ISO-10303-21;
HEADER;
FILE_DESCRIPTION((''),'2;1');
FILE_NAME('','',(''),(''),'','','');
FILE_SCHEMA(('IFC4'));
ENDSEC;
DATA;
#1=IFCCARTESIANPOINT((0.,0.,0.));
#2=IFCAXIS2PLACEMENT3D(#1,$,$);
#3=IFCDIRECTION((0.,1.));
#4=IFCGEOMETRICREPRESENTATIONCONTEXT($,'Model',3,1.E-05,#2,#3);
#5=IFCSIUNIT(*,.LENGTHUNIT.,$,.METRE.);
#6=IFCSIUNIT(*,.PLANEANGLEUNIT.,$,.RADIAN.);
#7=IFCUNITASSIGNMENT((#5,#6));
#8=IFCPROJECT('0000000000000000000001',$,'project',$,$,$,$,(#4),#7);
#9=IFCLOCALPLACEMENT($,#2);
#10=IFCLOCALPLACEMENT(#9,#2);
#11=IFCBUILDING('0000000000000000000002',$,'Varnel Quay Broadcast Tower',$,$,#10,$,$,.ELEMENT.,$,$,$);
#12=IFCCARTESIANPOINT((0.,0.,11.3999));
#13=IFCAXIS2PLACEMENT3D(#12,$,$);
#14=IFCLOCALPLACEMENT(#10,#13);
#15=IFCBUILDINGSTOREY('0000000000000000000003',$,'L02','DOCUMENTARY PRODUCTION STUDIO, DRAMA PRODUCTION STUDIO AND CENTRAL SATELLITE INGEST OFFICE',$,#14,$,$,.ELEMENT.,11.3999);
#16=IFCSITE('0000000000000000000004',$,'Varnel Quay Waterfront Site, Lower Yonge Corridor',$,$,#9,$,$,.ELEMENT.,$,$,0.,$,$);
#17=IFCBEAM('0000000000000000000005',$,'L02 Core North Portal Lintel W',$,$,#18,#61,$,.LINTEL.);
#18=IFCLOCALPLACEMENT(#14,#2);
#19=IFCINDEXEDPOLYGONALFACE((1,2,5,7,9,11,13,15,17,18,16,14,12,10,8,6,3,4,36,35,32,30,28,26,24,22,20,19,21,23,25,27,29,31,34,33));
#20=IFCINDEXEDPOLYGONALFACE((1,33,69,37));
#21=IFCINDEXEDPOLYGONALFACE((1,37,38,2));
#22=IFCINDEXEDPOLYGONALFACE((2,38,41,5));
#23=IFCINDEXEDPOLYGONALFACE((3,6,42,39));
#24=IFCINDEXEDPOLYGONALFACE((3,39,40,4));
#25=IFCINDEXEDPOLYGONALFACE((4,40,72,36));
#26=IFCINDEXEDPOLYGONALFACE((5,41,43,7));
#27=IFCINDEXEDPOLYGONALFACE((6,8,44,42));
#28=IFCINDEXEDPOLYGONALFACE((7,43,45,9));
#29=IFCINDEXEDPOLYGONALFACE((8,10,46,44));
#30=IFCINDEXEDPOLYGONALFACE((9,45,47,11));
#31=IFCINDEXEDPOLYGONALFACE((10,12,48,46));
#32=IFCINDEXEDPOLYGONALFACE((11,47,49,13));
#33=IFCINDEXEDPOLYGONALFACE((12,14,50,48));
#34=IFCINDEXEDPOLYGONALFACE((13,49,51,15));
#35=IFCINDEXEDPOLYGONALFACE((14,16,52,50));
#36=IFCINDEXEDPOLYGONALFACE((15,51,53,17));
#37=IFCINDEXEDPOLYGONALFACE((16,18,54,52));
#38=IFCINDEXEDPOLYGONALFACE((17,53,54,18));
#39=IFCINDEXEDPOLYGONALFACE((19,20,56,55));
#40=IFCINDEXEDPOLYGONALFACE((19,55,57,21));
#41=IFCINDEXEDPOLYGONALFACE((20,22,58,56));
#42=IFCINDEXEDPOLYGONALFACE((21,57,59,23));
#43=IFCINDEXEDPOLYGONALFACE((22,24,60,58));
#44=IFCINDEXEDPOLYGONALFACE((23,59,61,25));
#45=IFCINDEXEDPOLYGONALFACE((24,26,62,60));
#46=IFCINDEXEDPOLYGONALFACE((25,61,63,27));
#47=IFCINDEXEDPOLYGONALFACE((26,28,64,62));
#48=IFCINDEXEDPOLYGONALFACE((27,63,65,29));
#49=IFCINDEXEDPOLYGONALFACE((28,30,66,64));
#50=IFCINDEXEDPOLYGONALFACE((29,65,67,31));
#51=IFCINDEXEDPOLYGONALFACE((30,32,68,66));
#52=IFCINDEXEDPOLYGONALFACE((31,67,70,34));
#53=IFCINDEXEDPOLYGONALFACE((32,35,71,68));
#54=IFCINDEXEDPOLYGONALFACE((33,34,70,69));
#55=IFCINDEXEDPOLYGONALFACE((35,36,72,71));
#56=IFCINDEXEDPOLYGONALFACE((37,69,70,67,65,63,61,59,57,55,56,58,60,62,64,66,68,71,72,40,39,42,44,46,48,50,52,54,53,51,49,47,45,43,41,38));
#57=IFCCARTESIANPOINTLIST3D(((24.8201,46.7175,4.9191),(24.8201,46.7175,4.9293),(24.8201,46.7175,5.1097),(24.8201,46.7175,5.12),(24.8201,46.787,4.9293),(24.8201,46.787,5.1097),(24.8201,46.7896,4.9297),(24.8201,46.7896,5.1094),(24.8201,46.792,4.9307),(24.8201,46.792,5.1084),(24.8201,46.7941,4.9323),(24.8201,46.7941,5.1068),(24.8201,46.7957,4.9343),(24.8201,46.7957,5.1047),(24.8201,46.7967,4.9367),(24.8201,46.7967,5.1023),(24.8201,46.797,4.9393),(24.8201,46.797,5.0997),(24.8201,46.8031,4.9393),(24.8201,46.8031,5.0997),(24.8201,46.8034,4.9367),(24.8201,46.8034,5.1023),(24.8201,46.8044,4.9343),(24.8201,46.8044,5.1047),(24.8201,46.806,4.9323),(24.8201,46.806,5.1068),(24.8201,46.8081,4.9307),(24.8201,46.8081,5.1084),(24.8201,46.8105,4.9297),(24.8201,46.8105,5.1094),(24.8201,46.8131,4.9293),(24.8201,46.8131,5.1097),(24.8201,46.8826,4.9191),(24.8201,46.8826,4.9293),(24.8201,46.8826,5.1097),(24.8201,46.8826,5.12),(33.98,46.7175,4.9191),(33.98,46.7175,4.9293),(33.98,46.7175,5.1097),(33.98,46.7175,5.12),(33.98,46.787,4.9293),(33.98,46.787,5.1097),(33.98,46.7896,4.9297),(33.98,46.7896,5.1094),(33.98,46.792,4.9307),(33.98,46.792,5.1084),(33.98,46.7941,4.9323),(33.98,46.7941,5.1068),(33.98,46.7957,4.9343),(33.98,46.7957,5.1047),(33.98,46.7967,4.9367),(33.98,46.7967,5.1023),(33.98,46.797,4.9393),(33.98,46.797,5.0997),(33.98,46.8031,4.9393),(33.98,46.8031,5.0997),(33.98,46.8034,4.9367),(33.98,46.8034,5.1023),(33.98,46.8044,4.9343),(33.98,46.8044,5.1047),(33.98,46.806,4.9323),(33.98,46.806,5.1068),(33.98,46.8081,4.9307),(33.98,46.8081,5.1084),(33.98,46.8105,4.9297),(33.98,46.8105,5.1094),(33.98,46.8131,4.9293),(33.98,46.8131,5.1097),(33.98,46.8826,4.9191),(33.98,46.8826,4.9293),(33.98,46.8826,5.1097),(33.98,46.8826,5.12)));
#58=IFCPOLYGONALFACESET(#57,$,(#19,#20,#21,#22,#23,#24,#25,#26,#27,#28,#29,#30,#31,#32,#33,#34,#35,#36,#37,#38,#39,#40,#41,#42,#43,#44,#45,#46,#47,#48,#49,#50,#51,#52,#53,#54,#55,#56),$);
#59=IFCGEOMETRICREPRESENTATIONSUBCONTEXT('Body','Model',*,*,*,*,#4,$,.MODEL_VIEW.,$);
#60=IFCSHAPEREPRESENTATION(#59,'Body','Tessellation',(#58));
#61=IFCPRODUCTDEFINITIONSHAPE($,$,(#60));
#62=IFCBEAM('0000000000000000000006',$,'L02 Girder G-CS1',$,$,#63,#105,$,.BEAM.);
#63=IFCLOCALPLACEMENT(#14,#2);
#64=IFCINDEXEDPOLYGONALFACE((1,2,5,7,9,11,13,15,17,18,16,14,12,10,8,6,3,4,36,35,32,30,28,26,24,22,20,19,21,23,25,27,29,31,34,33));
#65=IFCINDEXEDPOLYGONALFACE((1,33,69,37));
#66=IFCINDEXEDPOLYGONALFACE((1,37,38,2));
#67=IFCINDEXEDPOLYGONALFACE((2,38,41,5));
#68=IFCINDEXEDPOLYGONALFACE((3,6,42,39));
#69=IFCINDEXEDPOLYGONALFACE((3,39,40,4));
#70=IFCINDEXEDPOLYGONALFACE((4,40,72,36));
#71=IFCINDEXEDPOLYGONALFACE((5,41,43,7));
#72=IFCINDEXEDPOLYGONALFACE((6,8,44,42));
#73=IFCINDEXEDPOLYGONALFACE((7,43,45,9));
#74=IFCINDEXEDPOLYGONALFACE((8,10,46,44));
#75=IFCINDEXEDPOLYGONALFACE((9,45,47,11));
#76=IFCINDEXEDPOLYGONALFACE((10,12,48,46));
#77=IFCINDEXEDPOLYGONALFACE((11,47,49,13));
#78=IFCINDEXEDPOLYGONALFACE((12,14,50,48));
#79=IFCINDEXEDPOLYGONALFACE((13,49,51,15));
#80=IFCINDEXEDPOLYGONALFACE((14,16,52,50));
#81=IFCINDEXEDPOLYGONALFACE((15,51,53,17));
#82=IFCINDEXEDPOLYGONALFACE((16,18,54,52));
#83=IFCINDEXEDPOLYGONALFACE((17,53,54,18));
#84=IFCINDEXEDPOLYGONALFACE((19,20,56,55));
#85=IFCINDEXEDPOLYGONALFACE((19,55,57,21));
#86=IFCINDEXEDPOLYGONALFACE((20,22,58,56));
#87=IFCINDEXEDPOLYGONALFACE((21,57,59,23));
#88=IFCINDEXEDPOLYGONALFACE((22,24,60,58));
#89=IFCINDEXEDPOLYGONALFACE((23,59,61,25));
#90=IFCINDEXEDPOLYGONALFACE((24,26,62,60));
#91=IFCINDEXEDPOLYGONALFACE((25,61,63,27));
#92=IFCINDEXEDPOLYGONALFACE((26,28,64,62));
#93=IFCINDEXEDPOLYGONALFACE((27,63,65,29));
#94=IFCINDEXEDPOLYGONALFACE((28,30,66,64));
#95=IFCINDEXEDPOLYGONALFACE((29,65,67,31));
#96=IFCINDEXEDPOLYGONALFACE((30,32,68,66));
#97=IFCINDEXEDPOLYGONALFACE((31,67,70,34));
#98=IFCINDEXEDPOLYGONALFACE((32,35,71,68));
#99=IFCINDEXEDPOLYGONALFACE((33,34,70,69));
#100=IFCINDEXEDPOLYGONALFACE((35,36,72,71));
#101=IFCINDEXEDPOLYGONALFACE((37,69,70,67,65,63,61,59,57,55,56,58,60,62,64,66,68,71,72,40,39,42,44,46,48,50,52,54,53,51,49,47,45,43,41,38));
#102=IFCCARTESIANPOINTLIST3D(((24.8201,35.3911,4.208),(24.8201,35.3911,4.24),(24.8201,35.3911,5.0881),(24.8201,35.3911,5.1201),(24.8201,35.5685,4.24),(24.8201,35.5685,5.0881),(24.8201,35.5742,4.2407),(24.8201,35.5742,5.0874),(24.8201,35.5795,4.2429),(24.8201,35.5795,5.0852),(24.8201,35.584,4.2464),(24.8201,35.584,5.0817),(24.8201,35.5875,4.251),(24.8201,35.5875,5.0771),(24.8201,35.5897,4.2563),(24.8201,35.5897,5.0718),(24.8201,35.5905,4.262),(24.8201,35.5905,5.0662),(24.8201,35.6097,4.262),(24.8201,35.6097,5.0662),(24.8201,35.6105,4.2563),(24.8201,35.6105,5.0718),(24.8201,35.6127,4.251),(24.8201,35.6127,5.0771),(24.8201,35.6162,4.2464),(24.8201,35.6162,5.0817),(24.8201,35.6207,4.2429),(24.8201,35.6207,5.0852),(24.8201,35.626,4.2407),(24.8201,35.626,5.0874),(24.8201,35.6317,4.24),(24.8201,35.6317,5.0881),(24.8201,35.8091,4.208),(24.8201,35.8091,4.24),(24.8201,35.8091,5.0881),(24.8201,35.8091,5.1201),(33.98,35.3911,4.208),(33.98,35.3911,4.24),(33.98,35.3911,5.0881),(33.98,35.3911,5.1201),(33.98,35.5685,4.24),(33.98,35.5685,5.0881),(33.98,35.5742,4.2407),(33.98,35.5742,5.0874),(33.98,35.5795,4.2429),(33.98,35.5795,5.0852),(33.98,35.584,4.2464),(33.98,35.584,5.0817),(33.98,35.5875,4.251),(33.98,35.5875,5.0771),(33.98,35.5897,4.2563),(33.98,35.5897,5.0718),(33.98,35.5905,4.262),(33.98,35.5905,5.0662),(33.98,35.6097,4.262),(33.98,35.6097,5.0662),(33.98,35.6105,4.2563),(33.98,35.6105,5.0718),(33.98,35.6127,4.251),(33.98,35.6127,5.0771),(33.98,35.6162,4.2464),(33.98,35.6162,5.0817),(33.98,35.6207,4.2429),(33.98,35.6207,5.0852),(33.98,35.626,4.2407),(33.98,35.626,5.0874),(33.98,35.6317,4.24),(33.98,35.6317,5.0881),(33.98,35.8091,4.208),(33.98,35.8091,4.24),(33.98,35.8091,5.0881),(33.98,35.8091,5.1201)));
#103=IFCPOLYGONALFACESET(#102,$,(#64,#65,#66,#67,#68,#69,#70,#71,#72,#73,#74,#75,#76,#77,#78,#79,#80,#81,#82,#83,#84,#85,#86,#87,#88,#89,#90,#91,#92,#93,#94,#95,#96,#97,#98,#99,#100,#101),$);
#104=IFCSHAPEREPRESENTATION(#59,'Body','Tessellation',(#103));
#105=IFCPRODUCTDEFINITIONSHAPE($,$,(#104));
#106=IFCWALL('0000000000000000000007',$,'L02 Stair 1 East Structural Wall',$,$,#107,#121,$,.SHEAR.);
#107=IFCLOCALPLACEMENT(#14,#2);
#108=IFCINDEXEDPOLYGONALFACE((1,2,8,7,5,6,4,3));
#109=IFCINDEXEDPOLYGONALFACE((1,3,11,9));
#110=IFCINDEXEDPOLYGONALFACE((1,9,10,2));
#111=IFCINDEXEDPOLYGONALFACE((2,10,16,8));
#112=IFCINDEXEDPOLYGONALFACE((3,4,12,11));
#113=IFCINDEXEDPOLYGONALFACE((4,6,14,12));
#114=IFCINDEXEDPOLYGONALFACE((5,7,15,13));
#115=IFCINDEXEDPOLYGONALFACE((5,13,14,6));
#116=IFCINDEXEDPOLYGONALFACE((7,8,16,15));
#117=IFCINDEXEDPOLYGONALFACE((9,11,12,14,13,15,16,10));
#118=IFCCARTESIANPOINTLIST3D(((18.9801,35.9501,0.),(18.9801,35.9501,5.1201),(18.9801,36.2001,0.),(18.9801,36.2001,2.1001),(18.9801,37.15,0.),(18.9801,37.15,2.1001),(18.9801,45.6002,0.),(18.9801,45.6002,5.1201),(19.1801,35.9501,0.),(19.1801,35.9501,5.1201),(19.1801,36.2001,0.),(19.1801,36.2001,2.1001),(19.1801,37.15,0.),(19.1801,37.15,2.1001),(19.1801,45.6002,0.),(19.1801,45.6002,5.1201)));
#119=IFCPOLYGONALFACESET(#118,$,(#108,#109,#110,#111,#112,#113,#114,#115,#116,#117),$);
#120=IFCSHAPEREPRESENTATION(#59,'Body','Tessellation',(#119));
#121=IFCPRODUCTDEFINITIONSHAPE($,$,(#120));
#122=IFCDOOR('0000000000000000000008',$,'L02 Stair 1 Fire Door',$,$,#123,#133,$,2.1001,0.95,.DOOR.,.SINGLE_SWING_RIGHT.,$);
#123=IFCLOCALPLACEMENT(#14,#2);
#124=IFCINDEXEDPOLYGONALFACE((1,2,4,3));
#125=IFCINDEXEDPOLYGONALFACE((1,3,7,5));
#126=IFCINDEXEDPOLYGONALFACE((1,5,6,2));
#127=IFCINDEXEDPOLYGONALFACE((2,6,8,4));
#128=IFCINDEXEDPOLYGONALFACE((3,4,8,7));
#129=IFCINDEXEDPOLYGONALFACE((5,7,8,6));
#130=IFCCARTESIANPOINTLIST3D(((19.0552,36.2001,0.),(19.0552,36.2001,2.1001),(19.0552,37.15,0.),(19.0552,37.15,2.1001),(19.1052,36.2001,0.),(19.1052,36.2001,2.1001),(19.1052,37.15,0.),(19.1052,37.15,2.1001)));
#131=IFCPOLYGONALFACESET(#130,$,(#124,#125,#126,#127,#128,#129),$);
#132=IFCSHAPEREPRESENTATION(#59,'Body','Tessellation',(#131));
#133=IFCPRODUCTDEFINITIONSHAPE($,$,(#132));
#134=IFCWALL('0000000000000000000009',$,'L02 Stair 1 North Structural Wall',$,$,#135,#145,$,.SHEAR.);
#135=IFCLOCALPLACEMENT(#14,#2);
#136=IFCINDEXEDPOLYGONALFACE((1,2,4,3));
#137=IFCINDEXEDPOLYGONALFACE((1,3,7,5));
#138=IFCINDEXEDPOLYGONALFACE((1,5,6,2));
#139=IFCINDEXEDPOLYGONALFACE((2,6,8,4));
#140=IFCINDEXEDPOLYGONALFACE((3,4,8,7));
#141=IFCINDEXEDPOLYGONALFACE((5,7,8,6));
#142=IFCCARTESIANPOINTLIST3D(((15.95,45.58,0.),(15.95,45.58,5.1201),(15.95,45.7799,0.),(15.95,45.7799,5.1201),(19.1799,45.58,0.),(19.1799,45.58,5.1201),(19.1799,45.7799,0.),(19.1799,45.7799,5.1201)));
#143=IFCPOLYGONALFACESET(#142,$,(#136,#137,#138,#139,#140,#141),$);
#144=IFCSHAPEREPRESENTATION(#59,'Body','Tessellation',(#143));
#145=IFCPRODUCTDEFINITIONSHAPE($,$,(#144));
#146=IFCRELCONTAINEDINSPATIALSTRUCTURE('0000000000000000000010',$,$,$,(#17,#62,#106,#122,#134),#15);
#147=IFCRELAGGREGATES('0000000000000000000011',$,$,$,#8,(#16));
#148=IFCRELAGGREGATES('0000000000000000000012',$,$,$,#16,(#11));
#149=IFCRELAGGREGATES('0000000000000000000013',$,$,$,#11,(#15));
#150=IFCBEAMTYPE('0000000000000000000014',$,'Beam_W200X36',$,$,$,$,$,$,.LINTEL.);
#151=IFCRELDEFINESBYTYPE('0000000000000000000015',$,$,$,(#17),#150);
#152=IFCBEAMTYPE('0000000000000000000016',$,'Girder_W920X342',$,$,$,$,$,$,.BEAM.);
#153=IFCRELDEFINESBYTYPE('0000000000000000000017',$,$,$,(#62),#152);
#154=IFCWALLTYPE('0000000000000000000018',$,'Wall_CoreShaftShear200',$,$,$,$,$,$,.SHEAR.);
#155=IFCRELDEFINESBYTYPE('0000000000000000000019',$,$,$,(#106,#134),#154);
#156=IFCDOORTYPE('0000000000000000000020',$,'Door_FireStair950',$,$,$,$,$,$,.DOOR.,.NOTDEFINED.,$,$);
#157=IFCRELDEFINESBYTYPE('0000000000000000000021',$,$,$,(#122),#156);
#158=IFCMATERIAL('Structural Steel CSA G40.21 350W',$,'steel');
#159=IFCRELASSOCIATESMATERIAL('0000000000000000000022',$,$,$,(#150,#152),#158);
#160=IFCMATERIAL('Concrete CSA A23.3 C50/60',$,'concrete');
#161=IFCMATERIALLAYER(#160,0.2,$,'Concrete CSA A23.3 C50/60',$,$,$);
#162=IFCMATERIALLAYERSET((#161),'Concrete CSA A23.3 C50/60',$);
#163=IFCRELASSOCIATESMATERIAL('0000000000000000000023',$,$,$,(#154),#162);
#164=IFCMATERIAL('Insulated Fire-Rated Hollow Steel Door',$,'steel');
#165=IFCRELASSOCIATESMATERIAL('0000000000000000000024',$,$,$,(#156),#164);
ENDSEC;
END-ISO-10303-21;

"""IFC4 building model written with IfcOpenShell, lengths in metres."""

from ifc_helpers import new_model, si_unit, direction, frame, frame_2d, origin, origin_2d, place, context, subcontext, project, spatial, rectangle, i_section, extrude, source, transform, mapped, material, layer, layer_set, material_profile, profile_set, type_object, type_shapes, element, fill, save


model = new_model("IFC4")

# Units and contexts
model_context = context("Model", 3, precision=1e-05, world=origin(), true_north=direction((0.0, 1.0)))
body_context = subcontext(model_context, "Body", "Model", "MODEL_VIEW")
ifc_project = project(units=[si_unit("LENGTHUNIT", "METRE"), si_unit("PLANEANGLEUNIT", "RADIAN")], contexts=[model_context])

# Site, building, storey
site_placement = place(None, origin())
site = spatial("IfcSite", under=ifc_project, at=site_placement, Name="Varnel Quay Waterfront Site, Lower Yonge Corridor", CompositionType="ELEMENT", RefElevation=0.0)
building_placement = place(site_placement, origin())
building = spatial("IfcBuilding", under=site, at=building_placement, Name="Varnel Quay Broadcast Tower", CompositionType="ELEMENT")
storey_placement = place(building_placement, frame((0.0, 0.0, 11.3999)))
storey = spatial("IfcBuildingStorey", under=building, at=storey_placement, Name="L02", Description="DOCUMENTARY PRODUCTION STUDIO, DRAMA PRODUCTION STUDIO AND CENTRAL SATELLITE INGEST OFFICE", CompositionType="ELEMENT", Elevation=11.3999)

# Beams
ifc_material_1 = material(Name="Structural Steel CSA G40.21 350W", Category="steel")
ifc_material_profile_1 = material_profile(ifc_material_1, i_section(OverallWidth=0.165, OverallDepth=0.2009, WebThickness=0.0061, FlangeThickness=0.0103, FilletRadius=0.01, at=origin_2d()), Name="W200X36")
ifc_profile_set_1 = profile_set([ifc_material_profile_1], Name="Structural Steel CSA G40.21 350W")
beam_type_1 = type_object("IfcBeamType", Name="Beam_W200X36", PredefinedType="LINTEL", material=ifc_profile_set_1)
shared_shape_1 = source(origin(), body_context, "Body", "SweptSolid", [
    extrude(i_section(OverallWidth=0.165, OverallDepth=0.2009, WebThickness=0.0061, FlangeThickness=0.0103, FilletRadius=0.01, at=origin_2d()), origin(), (0.0, 0.0, 1.0), 9.1599),
])
type_shapes(beam_type_1, [shared_shape_1])
beam_1_placement = place(storey_placement, frame((24.8201, 46.8, 5.0195), z_axis=(1.0, 0.0, 0.0), x_axis=(0.0, 1.0, 0.0)))
element("IfcBeam", 1, at=beam_1_placement, inside=storey, type_object=beam_type_1, Name="L02 Core North Portal Lintel W", PredefinedType="LINTEL", context=body_context, shape_type="MappedRepresentation", body=[
    mapped(shared_shape_1, transform((0.0, 0.0, 0.0), x_axis=(1.0, 0.0, 0.0), y_axis=(0.0, 1.0, 0.0), z_axis=(0.0, 0.0, 1.0), scale=1.0)),
])
ifc_material_profile_2 = material_profile(ifc_material_1, i_section(OverallWidth=0.418, OverallDepth=0.9121, WebThickness=0.0193, FlangeThickness=0.032, FilletRadius=0.022, at=origin_2d()), Name="W920X342")
ifc_profile_set_2 = profile_set([ifc_material_profile_2], Name="Structural Steel CSA G40.21 350W")
beam_type_2 = type_object("IfcBeamType", Name="Girder_W920X342", PredefinedType="BEAM", material=ifc_profile_set_2)
shared_shape_2 = source(origin(), body_context, "Body", "SweptSolid", [
    extrude(i_section(OverallWidth=0.418, OverallDepth=0.9121, WebThickness=0.0193, FlangeThickness=0.032, FilletRadius=0.022, at=origin_2d()), origin(), (0.0, 0.0, 1.0), 9.1599),
])
type_shapes(beam_type_2, [shared_shape_2])
beam_2_placement = place(storey_placement, frame((24.8201, 35.6001, 4.6641), z_axis=(1.0, 0.0, 0.0), x_axis=(0.0, 1.0, 0.0)))
element("IfcBeam", 2, at=beam_2_placement, inside=storey, type_object=beam_type_2, Name="L02 Girder G-CS1", PredefinedType="BEAM", context=body_context, shape_type="MappedRepresentation", body=[
    mapped(shared_shape_2, transform((0.0, 0.0, 0.0), x_axis=(1.0, 0.0, 0.0), y_axis=(0.0, 1.0, 0.0), z_axis=(0.0, 0.0, 1.0), scale=1.0)),
])

# Wall, opening, door
ifc_material_2 = material(Name="Concrete CSA A23.3 C50/60", Category="concrete")
ifc_layer_1 = layer(ifc_material_2, 0.2, Name="Concrete CSA A23.3 C50/60")
ifc_layer_set_1 = layer_set([ifc_layer_1], Name="Concrete CSA A23.3 C50/60")
wall_type_1 = type_object("IfcWallType", Name="Wall_CoreShaftShear200", PredefinedType="SHEAR", material=ifc_layer_set_1)
wall_1_placement = place(storey_placement, frame((19.0801, 35.95, 0.0), z_axis=(0.0, 0.0, 1.0), x_axis=(0.0, 1.0, 0.0)))
wall_1 = element("IfcWall", 3, at=wall_1_placement, inside=storey, type_object=wall_type_1, Name="L02 Stair 1 East Structural Wall", PredefinedType="SHEAR", context=body_context, shape_type="SweptSolid", body=[
    extrude(rectangle(XDim=9.6501, YDim=0.2, at=frame_2d((4.8252, 0.0))), origin(), (0.0, 0.0, 1.0), 5.1201),
])
opening_1_placement = place(wall_1_placement, frame((0.25, 0.0, 0.0)))
opening_1 = element("IfcOpeningElement", 4, at=opening_1_placement, cuts=wall_1, PredefinedType="OPENING", context=body_context, shape_type="SweptSolid", body=[
    extrude(rectangle(XDim=0.95, YDim=2.1001, at=frame_2d((0.4751, 1.05))), frame((0.0, 0.1099, 0.0), z_axis=(0.0, -1.0, 0.0), x_axis=(1.0, 0.0, 0.0)), (0.0, 0.0, 1.0), 0.22),
])
ifc_material_3 = material(Name="Insulated Fire-Rated Hollow Steel Door", Category="steel")
door_type_1 = type_object("IfcDoorType", Name="Door_FireStair950", OperationType="NOTDEFINED", PredefinedType="DOOR", material=ifc_material_3)
shared_shape_3 = source(origin(), body_context, "Body", "SweptSolid", [
    extrude(rectangle(XDim=0.95, YDim=2.1001, at=frame_2d((0.4751, 1.05))), frame((0.0, 0.0249, 0.0), z_axis=(0.0, -1.0, 0.0), x_axis=(1.0, 0.0, 0.0)), (0.0, 0.0, 1.0), 0.05),
])
type_shapes(door_type_1, [shared_shape_3])
door_1_placement = place(opening_1_placement, origin())
door_1 = element("IfcDoor", 5, at=door_1_placement, inside=storey, type_object=door_type_1, Name="L02 Stair 1 Fire Door", OperationType="SINGLE_SWING_RIGHT", OverallHeight=2.1001, OverallWidth=0.95, PredefinedType="DOOR", context=body_context, shape_type="MappedRepresentation", body=[
    mapped(shared_shape_3, transform((0.0, 0.0, 0.0), x_axis=(1.0, 0.0, 0.0), y_axis=(0.0, 1.0, 0.0), z_axis=(0.0, 0.0, 1.0), scale=1.0)),
])
fill(opening_1, door_1)

# Wall
wall_2_placement = place(storey_placement, frame((15.95, 45.6799, 0.0), z_axis=(0.0, 0.0, 1.0), x_axis=(1.0, 0.0, 0.0)))
element("IfcWall", 6, at=wall_2_placement, inside=storey, type_object=wall_type_1, Name="L02 Stair 1 North Structural Wall", PredefinedType="SHEAR", context=body_context, shape_type="SweptSolid", body=[
    extrude(rectangle(XDim=3.23, YDim=0.2, at=frame_2d((1.615, 0.0))), origin(), (0.0, 0.0, 1.0), 5.1201),
])

save(model, "model.ifc")
